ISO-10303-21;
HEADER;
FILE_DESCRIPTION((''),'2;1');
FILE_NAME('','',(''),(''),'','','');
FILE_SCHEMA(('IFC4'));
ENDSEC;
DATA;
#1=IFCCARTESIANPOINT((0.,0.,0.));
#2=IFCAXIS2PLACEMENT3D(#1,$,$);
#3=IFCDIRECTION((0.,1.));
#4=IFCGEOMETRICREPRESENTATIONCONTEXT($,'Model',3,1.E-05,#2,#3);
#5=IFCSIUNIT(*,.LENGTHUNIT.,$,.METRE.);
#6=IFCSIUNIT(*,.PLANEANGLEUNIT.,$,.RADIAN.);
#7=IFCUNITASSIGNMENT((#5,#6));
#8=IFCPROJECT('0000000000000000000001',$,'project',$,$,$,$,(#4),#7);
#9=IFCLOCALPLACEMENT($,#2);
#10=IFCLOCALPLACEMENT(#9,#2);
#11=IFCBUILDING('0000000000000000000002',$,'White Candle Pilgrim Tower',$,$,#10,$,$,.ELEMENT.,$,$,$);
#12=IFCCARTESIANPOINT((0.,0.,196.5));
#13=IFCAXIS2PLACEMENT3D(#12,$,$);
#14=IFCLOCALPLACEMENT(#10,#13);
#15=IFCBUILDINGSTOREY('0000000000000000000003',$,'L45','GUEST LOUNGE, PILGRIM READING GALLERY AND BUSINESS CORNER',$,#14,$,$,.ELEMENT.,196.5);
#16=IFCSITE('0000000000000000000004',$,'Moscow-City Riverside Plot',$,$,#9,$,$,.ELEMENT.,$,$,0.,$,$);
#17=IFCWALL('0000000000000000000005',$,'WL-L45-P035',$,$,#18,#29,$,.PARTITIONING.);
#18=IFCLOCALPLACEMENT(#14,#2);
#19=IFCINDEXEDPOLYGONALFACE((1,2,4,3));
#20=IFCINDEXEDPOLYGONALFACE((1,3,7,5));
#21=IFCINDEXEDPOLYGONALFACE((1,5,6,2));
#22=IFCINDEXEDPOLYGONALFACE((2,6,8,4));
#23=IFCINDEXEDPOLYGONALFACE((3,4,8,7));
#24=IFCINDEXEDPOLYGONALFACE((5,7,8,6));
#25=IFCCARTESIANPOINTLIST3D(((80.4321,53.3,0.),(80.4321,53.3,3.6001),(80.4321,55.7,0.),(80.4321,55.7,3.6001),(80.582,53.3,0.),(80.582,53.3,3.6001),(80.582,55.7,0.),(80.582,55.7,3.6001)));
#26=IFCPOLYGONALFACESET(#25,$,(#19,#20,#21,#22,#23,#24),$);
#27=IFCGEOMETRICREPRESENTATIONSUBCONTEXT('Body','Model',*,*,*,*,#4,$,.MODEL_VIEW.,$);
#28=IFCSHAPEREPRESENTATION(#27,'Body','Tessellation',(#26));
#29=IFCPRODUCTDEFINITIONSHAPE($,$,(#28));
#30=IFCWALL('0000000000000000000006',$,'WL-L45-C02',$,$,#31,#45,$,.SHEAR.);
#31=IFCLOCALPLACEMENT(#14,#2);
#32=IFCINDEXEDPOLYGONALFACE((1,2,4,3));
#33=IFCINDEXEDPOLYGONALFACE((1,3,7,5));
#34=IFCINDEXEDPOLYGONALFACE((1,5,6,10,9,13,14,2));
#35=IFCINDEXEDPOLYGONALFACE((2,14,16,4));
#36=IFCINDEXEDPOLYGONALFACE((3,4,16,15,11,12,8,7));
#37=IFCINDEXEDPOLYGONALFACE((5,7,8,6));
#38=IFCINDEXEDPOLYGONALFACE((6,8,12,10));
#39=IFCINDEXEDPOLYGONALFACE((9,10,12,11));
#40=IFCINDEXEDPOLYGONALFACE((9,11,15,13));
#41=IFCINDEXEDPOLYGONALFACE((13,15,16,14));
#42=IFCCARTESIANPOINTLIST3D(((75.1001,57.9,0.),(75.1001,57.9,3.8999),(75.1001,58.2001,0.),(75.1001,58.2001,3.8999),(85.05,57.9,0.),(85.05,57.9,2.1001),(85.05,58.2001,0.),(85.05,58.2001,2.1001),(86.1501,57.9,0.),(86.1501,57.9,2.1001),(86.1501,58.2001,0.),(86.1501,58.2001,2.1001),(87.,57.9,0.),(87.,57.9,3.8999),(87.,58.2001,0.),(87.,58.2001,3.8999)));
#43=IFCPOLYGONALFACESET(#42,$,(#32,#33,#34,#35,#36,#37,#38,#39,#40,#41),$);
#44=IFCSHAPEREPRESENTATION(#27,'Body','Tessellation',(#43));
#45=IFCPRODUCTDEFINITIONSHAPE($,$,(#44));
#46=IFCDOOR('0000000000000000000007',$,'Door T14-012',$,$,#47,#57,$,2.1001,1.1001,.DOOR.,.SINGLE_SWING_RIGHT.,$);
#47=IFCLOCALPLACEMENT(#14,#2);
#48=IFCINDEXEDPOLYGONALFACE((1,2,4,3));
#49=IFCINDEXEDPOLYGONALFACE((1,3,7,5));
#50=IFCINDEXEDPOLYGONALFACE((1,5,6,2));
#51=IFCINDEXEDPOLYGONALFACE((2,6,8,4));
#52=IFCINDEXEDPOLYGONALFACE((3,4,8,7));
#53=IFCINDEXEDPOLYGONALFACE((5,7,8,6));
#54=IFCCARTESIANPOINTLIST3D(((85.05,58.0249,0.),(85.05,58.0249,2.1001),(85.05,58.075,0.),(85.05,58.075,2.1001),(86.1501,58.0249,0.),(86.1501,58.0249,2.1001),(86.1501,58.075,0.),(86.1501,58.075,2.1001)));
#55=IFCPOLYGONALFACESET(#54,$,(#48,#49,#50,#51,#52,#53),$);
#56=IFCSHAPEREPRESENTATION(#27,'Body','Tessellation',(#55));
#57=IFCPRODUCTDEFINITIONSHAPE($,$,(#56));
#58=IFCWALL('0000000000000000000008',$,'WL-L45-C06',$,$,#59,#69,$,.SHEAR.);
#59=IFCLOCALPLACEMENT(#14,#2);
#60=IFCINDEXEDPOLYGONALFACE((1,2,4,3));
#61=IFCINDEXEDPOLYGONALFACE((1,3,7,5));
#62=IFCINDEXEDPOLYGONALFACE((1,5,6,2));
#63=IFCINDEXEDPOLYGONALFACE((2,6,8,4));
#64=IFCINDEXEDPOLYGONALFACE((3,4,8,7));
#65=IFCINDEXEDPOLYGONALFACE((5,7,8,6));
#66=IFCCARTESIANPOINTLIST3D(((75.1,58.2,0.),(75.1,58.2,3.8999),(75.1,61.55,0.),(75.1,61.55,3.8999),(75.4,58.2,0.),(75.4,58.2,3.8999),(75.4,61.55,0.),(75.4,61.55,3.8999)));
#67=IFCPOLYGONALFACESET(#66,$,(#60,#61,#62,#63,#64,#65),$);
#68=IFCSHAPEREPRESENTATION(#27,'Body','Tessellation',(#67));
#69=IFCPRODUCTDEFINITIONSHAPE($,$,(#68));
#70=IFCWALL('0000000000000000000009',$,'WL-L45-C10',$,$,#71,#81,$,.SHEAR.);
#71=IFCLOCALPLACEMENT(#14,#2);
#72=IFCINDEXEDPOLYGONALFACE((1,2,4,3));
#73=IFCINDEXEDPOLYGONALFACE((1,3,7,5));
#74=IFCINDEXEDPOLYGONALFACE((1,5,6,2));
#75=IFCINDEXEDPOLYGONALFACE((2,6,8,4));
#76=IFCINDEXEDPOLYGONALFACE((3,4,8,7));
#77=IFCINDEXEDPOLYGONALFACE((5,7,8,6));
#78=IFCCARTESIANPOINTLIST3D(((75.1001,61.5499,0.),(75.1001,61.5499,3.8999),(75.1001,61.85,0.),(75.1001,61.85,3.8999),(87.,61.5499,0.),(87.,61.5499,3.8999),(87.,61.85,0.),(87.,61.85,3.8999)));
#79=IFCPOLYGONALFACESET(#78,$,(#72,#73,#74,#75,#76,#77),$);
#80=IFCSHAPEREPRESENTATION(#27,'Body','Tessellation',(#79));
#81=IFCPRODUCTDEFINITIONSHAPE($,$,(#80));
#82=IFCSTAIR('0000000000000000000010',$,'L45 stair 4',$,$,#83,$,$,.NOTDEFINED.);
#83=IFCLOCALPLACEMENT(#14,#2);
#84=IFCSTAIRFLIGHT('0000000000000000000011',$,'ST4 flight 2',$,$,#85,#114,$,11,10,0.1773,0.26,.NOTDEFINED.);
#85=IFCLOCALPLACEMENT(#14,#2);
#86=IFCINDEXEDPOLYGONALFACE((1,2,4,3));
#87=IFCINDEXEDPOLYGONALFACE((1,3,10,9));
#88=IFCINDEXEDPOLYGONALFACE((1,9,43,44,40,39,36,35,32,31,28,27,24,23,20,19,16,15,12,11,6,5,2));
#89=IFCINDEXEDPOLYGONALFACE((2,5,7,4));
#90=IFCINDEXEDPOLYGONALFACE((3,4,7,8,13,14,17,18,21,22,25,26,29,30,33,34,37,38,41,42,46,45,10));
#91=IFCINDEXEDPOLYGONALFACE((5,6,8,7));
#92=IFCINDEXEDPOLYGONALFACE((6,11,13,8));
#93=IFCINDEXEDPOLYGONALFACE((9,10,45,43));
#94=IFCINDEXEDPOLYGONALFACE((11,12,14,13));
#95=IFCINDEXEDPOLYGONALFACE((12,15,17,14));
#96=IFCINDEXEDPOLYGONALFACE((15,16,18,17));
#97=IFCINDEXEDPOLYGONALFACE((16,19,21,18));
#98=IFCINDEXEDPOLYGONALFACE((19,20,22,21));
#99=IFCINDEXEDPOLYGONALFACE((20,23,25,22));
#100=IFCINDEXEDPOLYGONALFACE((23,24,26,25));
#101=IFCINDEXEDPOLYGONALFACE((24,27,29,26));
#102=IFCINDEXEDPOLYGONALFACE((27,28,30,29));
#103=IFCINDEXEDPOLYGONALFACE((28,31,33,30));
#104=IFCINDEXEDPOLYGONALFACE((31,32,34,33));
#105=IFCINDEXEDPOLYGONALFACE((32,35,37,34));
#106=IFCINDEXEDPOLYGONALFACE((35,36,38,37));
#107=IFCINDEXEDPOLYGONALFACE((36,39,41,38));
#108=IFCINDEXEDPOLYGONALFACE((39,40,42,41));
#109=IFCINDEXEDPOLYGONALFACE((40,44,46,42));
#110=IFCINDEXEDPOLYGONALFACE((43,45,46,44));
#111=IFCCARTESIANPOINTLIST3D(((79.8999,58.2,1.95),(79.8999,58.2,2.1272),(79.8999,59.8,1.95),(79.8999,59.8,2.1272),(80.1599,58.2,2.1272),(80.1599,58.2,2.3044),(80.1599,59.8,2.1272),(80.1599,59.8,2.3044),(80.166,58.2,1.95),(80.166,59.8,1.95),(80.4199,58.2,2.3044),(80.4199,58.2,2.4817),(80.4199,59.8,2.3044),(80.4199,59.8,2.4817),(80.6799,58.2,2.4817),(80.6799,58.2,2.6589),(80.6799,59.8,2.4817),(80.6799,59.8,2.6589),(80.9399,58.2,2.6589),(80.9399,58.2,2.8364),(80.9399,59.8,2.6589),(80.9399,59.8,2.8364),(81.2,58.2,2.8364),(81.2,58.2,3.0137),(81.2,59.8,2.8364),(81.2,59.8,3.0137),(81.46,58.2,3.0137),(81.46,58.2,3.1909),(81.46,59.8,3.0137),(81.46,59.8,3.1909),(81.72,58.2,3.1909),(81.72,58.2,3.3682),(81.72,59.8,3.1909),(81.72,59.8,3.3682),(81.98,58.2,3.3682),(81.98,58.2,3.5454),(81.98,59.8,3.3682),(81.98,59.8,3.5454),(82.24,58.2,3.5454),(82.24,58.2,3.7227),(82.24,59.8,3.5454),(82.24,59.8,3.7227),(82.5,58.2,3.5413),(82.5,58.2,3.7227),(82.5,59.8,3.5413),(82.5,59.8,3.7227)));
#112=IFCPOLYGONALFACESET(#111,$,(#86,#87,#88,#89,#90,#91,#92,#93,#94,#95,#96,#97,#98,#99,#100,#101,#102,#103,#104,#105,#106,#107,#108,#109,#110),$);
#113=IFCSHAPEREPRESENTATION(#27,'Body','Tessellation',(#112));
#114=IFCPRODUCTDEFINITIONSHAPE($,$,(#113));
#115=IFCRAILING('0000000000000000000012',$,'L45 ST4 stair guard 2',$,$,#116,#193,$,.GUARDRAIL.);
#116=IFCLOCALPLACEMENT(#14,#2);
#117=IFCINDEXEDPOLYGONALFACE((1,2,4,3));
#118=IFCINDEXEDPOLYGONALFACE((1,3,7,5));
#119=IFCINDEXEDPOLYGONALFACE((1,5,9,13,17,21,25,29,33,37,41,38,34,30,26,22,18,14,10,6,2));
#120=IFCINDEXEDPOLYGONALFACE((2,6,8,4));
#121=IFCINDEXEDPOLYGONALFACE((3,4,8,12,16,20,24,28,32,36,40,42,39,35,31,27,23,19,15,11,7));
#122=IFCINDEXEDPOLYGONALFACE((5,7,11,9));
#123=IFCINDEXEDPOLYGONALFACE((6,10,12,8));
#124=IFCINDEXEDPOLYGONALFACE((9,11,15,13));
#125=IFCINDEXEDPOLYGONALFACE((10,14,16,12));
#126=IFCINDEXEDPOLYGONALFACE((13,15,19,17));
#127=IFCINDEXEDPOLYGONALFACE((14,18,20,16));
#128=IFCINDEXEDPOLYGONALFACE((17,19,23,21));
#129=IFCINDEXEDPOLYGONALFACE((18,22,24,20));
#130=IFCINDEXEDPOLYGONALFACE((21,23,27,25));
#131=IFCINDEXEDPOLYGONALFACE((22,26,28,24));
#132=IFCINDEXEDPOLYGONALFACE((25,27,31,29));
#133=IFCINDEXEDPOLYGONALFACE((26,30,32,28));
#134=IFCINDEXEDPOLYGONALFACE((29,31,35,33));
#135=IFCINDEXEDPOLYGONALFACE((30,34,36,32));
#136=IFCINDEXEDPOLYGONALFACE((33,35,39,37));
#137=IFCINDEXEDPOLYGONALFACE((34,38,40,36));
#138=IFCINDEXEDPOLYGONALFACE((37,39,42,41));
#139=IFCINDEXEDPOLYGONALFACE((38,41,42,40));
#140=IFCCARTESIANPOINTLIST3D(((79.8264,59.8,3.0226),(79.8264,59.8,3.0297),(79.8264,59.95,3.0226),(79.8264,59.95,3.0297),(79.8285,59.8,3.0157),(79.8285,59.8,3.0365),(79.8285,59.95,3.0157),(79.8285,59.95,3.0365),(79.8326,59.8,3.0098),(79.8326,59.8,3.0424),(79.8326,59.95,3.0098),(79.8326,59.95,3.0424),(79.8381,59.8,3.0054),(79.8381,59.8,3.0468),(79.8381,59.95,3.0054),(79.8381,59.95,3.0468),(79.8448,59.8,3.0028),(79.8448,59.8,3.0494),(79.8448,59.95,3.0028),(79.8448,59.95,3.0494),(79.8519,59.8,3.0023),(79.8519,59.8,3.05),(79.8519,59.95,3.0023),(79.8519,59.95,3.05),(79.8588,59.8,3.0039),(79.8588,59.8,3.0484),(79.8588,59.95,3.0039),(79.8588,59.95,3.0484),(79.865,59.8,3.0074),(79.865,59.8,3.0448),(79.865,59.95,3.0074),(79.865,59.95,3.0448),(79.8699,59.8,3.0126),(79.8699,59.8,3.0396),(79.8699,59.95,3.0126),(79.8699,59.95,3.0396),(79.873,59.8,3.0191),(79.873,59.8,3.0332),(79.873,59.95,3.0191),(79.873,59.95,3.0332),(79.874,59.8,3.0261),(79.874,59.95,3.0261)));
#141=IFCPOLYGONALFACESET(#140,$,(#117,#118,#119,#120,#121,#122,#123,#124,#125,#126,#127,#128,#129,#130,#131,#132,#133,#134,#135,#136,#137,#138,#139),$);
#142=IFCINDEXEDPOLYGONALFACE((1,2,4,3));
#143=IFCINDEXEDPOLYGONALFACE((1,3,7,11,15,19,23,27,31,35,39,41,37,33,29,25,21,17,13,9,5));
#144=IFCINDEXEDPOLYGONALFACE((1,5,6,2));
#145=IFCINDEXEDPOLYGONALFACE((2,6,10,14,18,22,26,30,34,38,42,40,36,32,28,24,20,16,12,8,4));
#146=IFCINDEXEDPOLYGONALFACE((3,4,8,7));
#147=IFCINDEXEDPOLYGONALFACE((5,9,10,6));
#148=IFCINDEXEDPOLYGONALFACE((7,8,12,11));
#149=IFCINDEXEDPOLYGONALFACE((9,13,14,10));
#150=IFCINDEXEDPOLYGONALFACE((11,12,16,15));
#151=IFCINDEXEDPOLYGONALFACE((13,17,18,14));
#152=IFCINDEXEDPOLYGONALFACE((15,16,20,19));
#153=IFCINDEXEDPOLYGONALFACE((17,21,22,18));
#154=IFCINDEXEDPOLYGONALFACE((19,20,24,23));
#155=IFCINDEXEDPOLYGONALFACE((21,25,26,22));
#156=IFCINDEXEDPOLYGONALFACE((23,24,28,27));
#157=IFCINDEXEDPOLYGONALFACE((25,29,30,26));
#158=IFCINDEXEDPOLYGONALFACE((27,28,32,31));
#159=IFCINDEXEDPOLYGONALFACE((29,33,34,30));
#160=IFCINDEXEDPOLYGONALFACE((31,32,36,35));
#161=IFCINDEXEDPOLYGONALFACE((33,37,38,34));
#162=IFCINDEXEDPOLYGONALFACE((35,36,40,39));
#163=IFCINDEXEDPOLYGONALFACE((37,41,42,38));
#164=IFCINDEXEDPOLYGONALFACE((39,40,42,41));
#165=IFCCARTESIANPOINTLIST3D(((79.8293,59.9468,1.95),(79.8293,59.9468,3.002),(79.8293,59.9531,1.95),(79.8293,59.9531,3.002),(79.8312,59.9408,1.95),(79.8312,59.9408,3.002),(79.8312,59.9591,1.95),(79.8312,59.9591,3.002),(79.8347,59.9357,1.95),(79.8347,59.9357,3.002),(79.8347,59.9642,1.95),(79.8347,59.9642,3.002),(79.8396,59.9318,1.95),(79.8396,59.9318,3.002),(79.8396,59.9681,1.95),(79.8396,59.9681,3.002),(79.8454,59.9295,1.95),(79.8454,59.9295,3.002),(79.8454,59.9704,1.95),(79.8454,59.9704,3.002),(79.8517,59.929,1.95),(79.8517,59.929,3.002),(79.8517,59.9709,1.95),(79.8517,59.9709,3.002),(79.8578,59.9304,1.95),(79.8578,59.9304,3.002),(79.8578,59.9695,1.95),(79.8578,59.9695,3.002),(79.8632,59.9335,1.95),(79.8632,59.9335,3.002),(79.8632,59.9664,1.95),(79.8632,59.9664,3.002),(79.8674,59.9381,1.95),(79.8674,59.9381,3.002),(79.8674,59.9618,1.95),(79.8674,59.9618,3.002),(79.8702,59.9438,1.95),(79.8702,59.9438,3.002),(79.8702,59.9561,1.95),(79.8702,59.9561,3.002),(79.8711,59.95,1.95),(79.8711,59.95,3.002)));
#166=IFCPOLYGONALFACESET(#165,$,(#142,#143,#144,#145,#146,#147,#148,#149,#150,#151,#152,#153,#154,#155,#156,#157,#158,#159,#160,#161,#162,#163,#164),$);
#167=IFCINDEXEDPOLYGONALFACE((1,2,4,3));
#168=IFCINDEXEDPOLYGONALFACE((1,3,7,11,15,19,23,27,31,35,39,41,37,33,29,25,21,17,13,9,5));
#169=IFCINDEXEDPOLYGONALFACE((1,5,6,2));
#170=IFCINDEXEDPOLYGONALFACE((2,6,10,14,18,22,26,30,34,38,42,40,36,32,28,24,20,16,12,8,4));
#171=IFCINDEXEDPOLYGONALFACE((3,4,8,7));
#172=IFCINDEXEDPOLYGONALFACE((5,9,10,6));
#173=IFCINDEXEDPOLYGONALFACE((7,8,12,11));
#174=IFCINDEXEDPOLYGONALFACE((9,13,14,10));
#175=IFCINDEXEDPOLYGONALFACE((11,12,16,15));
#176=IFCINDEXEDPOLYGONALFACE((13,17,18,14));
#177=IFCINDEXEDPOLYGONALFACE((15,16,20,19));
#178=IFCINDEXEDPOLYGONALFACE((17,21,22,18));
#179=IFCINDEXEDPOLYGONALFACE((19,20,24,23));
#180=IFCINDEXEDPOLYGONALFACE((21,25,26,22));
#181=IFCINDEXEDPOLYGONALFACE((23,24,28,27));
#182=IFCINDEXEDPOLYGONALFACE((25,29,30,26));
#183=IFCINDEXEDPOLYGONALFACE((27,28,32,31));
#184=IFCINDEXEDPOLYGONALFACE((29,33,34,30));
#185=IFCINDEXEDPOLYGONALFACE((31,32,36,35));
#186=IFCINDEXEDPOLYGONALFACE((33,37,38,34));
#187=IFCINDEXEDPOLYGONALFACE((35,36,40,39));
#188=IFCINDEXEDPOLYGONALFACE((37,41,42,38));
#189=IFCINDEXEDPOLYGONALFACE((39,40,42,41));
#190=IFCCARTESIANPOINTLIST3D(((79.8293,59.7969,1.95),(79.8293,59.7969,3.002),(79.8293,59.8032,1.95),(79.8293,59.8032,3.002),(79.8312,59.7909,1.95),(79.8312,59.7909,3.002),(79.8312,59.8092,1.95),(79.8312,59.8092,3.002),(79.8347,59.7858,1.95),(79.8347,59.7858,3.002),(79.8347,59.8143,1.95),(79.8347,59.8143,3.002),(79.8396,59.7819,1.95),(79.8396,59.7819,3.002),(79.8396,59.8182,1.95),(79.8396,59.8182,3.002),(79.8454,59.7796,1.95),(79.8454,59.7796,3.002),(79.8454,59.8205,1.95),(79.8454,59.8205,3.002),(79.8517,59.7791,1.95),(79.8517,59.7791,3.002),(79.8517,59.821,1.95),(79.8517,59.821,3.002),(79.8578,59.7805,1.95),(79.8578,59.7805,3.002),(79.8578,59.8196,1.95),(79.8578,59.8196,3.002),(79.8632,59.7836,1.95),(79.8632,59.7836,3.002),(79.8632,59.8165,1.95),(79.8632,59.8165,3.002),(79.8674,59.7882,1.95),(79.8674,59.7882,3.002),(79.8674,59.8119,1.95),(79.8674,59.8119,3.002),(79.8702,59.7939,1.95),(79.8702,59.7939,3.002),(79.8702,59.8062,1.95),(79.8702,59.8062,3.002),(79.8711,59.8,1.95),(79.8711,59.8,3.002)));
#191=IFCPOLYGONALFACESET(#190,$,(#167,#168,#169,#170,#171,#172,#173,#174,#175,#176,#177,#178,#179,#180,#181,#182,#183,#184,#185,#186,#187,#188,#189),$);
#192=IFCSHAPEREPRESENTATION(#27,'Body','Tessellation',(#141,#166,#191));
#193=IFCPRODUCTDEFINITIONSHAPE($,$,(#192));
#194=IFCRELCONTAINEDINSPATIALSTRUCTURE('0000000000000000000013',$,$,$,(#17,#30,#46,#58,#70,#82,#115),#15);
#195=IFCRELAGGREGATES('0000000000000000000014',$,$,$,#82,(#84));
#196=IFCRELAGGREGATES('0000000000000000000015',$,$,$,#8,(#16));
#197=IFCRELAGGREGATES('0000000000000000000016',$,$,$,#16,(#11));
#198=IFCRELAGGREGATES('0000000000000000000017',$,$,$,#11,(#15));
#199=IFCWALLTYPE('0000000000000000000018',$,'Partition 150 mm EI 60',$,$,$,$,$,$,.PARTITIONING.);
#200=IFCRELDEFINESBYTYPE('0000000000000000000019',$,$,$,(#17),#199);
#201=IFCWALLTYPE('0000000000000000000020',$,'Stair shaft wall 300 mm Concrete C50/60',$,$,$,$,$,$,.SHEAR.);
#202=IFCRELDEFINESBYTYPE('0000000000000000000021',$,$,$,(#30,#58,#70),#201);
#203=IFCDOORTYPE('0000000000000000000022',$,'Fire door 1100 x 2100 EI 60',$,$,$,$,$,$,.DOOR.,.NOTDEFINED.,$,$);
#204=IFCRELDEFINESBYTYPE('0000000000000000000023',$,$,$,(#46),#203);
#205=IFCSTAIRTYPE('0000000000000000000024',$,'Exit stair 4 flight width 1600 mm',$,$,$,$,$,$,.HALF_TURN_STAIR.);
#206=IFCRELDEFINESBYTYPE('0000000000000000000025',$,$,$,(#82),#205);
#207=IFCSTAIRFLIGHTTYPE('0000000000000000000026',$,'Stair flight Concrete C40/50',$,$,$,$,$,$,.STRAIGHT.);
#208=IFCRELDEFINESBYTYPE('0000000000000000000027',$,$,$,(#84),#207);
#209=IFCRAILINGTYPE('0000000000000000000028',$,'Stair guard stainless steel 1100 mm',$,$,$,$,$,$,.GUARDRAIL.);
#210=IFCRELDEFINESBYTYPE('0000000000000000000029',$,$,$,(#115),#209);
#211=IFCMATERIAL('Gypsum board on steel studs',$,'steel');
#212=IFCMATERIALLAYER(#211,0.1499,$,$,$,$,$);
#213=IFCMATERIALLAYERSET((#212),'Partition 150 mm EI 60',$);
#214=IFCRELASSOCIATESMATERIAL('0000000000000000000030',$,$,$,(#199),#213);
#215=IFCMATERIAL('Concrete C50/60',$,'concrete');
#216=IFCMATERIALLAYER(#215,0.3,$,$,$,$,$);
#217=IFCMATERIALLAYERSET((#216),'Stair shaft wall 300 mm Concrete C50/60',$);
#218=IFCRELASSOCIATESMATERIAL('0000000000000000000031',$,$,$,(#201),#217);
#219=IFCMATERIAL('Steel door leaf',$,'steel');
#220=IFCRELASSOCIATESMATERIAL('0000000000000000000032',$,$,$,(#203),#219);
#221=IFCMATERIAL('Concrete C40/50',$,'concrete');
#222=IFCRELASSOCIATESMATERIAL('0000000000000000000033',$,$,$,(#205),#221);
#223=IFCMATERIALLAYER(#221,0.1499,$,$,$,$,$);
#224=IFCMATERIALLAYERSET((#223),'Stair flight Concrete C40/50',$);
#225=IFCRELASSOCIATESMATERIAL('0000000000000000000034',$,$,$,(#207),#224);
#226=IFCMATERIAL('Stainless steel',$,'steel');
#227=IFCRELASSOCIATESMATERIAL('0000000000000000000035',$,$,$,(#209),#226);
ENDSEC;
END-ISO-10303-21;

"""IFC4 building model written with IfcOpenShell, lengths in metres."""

from ifc_helpers import new_model, si_unit, direction, frame, frame_2d, origin, origin_2d, place, context, subcontext, project, spatial, polyline, rectangle, circle, outline, extrude, material, layer, layer_set, type_object, element, fill, aggregate, save


model = new_model("IFC4")

# Units and contexts
model_context = context("Model", 3, precision=1e-05, world=origin(), true_north=direction((0.0, 1.0)))
body_context = subcontext(model_context, "Body", "Model", "MODEL_VIEW")
ifc_project = project(units=[si_unit("LENGTHUNIT", "METRE"), si_unit("PLANEANGLEUNIT", "RADIAN")], contexts=[model_context])

# Site, building, storey
site_placement = place(None, origin())
site = spatial("IfcSite", under=ifc_project, at=site_placement, Name="Moscow-City Riverside Plot", CompositionType="ELEMENT", RefElevation=0.0)
building_placement = place(site_placement, origin())
building = spatial("IfcBuilding", under=site, at=building_placement, Name="White Candle Pilgrim Tower", CompositionType="ELEMENT")
storey_placement = place(building_placement, frame((0.0, 0.0, 196.5)))
storey = spatial("IfcBuildingStorey", under=building, at=storey_placement, Name="L45", Description="GUEST LOUNGE, PILGRIM READING GALLERY AND BUSINESS CORNER", CompositionType="ELEMENT", Elevation=196.5)

# Shared definitions
ifc_material_1 = material(Name="Concrete C50/60", Category="concrete")

# Shared definitions
ifc_material_2 = material(Name="Gypsum board on steel studs", Category="steel")
ifc_material_3 = material(Name="Steel door leaf", Category="steel")

# Wall
ifc_layer_1 = layer(ifc_material_2, 0.1499)
ifc_layer_set_1 = layer_set([ifc_layer_1], Name="Partition 150 mm EI 60")
wall_type_1 = type_object("IfcWallType", Name="Partition 150 mm EI 60", PredefinedType="PARTITIONING", material=ifc_layer_set_1)
wall_1_placement = place(storey_placement, frame((80.5071, 55.7, 0.0), z_axis=(0.0, 0.0, 1.0), x_axis=(0.0, -1.0, 0.0)))
element("IfcWall", 1, at=wall_1_placement, inside=storey, type_object=wall_type_1, Name="WL-L45-P035", PredefinedType="PARTITIONING", context=body_context, shape_type="SweptSolid", body=[
    extrude(rectangle(XDim=2.3999, YDim=0.1499, at=frame_2d((1.2, 0.0))), origin(), (0.0, 0.0, 1.0), 3.6001),
])

# Wall, opening, door
ifc_layer_2 = layer(ifc_material_1, 0.3)
ifc_layer_set_2 = layer_set([ifc_layer_2], Name="Stair shaft wall 300 mm Concrete C50/60")
wall_type_2 = type_object("IfcWallType", Name="Stair shaft wall 300 mm Concrete C50/60", PredefinedType="SHEAR", material=ifc_layer_set_2)
wall_2_placement = place(storey_placement, frame((75.1001, 58.05, 0.0), z_axis=(0.0, 0.0, 1.0), x_axis=(1.0, 0.0, 0.0)))
wall_2 = element("IfcWall", 2, at=wall_2_placement, inside=storey, type_object=wall_type_2, Name="WL-L45-C02", PredefinedType="SHEAR", context=body_context, shape_type="SweptSolid", body=[
    extrude(rectangle(XDim=11.8999, YDim=0.3, at=frame_2d((5.95, 0.0))), origin(), (0.0, 0.0, 1.0), 3.8999),
])
opening_1_placement = place(wall_2_placement, frame((9.95, 0.0, 0.0)))
opening_1 = element("IfcOpeningElement", 3, at=opening_1_placement, cuts=wall_2, PredefinedType="OPENING", context=body_context, shape_type="SweptSolid", body=[
    extrude(rectangle(XDim=1.1001, YDim=2.1001, at=frame_2d((0.55, 1.05))), frame((0.0, 0.1599, 0.0), z_axis=(0.0, -1.0, 0.0), x_axis=(1.0, 0.0, 0.0)), (0.0, 0.0, 1.0), 0.3201),
])
door_type_1 = type_object("IfcDoorType", Name="Fire door 1100 x 2100 EI 60", OperationType="NOTDEFINED", PredefinedType="DOOR", material=ifc_material_3)
door_1_placement = place(opening_1_placement, origin())
door_1 = element("IfcDoor", 4, at=door_1_placement, inside=storey, type_object=door_type_1, Name="Door T14-012", OperationType="SINGLE_SWING_RIGHT", OverallHeight=2.1001, OverallWidth=1.1001, PredefinedType="DOOR", context=body_context, shape_type="SweptSolid", body=[
    extrude(rectangle(XDim=1.1001, YDim=2.1001, at=frame_2d((0.55, 1.05))), frame((0.0, 0.0249, 0.0), z_axis=(0.0, -1.0, 0.0), x_axis=(1.0, 0.0, 0.0)), (0.0, 0.0, 1.0), 0.05),
])
fill(opening_1, door_1)

# Walls
wall_3_placement = place(storey_placement, frame((75.25, 58.2, 0.0), z_axis=(0.0, 0.0, 1.0), x_axis=(0.0, 1.0, 0.0)))
element("IfcWall", 5, at=wall_3_placement, inside=storey, type_object=wall_type_2, Name="WL-L45-C06", PredefinedType="SHEAR", context=body_context, shape_type="SweptSolid", body=[
    extrude(rectangle(XDim=3.3501, YDim=0.3, at=frame_2d((1.675, 0.0))), origin(), (0.0, 0.0, 1.0), 3.8999),
])
wall_4_placement = place(storey_placement, frame((75.1001, 61.7, 0.0), z_axis=(0.0, 0.0, 1.0), x_axis=(1.0, 0.0, 0.0)))
element("IfcWall", 6, at=wall_4_placement, inside=storey, type_object=wall_type_2, Name="WL-L45-C10", PredefinedType="SHEAR", context=body_context, shape_type="SweptSolid", body=[
    extrude(rectangle(XDim=11.8999, YDim=0.3, at=frame_2d((5.95, 0.0))), origin(), (0.0, 0.0, 1.0), 3.8999),
])

# Stair, stair flight
ifc_material_4 = material(Name="Concrete C40/50", Category="concrete")
stair_type = type_object("IfcStairType", Name="Exit stair 4 flight width 1600 mm", PredefinedType="HALF_TURN_STAIR", material=ifc_material_4)
stair_placement = place(storey_placement, origin())
stair = element("IfcStair", 7, at=stair_placement, inside=storey, type_object=stair_type, Name="L45 stair 4", PredefinedType="NOTDEFINED")
ifc_layer_3 = layer(ifc_material_4, 0.1499)
ifc_layer_set_3 = layer_set([ifc_layer_3], Name="Stair flight Concrete C40/50")
stair_flight_type = type_object("IfcStairFlightType", Name="Stair flight Concrete C40/50", PredefinedType="STRAIGHT", material=ifc_layer_set_3)
stair_flight_placement = place(storey_placement, frame((79.8999, 59.0, 1.95), z_axis=(0.0, 0.0, 1.0), x_axis=(1.0, 0.0, 0.0)))
stair_flight = element("IfcStairFlight", 8, at=stair_flight_placement, type_object=stair_flight_type, Name="ST4 flight 2", NumberOfRisers=11, NumberOfTreads=10, PredefinedType="NOTDEFINED", RiserHeight=0.1773, TreadLength=0.26, context=body_context, shape_type="SweptSolid", body=[
    extrude(outline(polyline([(0.0, 0.0), (0.0, 0.1772), (0.26, 0.1772), (0.26, 0.3545), (0.52, 0.3545), (0.52, 0.5317), (0.78, 0.5317), (0.78, 0.709), (1.04, 0.709), (1.04, 0.8865), (1.3, 0.8865), (1.3, 1.0637), (1.5601, 1.0637), (1.5601, 1.241), (1.8201, 1.241), (1.8201, 1.4182), (2.0801, 1.4182), (2.0801, 1.5955), (2.3401, 1.5955), (2.3401, 1.7727), (2.6001, 1.7727), (2.6001, 1.95), (2.6001, 1.5913), (0.2661, 0.0), (0.0, 0.0)])), frame((0.0, 0.8, 0.0), z_axis=(0.0, -1.0, 0.0), x_axis=(1.0, 0.0, 0.0)), (0.0, 0.0, 1.0), 1.6001),
])
aggregate(stair, [stair_flight])

# Railing
ifc_material_5 = material(Name="Stainless steel", Category="steel")
railing_type_1 = type_object("IfcRailingType", Name="Stair guard stainless steel 1100 mm", PredefinedType="GUARDRAIL", material=ifc_material_5)
railing_1_placement = place(storey_placement, frame((79.8501, 59.95, 1.95)))
element("IfcRailing", 9, at=railing_1_placement, inside=storey, type_object=railing_type_1, Name="L45 ST4 stair guard 2", PredefinedType="GUARDRAIL", context=body_context, shape_type="SweptSolid", body=[
    extrude(circle(Radius=0.0239, at=origin_2d()), frame((0.0, 0.0, 1.0762), z_axis=(0.0, -1.0, 0.0), x_axis=(1.0, 0.0, 0.0)), (0.0, 0.0, 1.0), 0.1499),
    extrude(circle(Radius=0.021, at=origin_2d()), origin(), (0.0, 0.0, 1.0), 1.052),
    extrude(circle(Radius=0.021, at=origin_2d()), frame((0.0, -0.1499, 0.0)), (0.0, 0.0, 1.0), 1.052),
])

save(model, "model.ifc")
